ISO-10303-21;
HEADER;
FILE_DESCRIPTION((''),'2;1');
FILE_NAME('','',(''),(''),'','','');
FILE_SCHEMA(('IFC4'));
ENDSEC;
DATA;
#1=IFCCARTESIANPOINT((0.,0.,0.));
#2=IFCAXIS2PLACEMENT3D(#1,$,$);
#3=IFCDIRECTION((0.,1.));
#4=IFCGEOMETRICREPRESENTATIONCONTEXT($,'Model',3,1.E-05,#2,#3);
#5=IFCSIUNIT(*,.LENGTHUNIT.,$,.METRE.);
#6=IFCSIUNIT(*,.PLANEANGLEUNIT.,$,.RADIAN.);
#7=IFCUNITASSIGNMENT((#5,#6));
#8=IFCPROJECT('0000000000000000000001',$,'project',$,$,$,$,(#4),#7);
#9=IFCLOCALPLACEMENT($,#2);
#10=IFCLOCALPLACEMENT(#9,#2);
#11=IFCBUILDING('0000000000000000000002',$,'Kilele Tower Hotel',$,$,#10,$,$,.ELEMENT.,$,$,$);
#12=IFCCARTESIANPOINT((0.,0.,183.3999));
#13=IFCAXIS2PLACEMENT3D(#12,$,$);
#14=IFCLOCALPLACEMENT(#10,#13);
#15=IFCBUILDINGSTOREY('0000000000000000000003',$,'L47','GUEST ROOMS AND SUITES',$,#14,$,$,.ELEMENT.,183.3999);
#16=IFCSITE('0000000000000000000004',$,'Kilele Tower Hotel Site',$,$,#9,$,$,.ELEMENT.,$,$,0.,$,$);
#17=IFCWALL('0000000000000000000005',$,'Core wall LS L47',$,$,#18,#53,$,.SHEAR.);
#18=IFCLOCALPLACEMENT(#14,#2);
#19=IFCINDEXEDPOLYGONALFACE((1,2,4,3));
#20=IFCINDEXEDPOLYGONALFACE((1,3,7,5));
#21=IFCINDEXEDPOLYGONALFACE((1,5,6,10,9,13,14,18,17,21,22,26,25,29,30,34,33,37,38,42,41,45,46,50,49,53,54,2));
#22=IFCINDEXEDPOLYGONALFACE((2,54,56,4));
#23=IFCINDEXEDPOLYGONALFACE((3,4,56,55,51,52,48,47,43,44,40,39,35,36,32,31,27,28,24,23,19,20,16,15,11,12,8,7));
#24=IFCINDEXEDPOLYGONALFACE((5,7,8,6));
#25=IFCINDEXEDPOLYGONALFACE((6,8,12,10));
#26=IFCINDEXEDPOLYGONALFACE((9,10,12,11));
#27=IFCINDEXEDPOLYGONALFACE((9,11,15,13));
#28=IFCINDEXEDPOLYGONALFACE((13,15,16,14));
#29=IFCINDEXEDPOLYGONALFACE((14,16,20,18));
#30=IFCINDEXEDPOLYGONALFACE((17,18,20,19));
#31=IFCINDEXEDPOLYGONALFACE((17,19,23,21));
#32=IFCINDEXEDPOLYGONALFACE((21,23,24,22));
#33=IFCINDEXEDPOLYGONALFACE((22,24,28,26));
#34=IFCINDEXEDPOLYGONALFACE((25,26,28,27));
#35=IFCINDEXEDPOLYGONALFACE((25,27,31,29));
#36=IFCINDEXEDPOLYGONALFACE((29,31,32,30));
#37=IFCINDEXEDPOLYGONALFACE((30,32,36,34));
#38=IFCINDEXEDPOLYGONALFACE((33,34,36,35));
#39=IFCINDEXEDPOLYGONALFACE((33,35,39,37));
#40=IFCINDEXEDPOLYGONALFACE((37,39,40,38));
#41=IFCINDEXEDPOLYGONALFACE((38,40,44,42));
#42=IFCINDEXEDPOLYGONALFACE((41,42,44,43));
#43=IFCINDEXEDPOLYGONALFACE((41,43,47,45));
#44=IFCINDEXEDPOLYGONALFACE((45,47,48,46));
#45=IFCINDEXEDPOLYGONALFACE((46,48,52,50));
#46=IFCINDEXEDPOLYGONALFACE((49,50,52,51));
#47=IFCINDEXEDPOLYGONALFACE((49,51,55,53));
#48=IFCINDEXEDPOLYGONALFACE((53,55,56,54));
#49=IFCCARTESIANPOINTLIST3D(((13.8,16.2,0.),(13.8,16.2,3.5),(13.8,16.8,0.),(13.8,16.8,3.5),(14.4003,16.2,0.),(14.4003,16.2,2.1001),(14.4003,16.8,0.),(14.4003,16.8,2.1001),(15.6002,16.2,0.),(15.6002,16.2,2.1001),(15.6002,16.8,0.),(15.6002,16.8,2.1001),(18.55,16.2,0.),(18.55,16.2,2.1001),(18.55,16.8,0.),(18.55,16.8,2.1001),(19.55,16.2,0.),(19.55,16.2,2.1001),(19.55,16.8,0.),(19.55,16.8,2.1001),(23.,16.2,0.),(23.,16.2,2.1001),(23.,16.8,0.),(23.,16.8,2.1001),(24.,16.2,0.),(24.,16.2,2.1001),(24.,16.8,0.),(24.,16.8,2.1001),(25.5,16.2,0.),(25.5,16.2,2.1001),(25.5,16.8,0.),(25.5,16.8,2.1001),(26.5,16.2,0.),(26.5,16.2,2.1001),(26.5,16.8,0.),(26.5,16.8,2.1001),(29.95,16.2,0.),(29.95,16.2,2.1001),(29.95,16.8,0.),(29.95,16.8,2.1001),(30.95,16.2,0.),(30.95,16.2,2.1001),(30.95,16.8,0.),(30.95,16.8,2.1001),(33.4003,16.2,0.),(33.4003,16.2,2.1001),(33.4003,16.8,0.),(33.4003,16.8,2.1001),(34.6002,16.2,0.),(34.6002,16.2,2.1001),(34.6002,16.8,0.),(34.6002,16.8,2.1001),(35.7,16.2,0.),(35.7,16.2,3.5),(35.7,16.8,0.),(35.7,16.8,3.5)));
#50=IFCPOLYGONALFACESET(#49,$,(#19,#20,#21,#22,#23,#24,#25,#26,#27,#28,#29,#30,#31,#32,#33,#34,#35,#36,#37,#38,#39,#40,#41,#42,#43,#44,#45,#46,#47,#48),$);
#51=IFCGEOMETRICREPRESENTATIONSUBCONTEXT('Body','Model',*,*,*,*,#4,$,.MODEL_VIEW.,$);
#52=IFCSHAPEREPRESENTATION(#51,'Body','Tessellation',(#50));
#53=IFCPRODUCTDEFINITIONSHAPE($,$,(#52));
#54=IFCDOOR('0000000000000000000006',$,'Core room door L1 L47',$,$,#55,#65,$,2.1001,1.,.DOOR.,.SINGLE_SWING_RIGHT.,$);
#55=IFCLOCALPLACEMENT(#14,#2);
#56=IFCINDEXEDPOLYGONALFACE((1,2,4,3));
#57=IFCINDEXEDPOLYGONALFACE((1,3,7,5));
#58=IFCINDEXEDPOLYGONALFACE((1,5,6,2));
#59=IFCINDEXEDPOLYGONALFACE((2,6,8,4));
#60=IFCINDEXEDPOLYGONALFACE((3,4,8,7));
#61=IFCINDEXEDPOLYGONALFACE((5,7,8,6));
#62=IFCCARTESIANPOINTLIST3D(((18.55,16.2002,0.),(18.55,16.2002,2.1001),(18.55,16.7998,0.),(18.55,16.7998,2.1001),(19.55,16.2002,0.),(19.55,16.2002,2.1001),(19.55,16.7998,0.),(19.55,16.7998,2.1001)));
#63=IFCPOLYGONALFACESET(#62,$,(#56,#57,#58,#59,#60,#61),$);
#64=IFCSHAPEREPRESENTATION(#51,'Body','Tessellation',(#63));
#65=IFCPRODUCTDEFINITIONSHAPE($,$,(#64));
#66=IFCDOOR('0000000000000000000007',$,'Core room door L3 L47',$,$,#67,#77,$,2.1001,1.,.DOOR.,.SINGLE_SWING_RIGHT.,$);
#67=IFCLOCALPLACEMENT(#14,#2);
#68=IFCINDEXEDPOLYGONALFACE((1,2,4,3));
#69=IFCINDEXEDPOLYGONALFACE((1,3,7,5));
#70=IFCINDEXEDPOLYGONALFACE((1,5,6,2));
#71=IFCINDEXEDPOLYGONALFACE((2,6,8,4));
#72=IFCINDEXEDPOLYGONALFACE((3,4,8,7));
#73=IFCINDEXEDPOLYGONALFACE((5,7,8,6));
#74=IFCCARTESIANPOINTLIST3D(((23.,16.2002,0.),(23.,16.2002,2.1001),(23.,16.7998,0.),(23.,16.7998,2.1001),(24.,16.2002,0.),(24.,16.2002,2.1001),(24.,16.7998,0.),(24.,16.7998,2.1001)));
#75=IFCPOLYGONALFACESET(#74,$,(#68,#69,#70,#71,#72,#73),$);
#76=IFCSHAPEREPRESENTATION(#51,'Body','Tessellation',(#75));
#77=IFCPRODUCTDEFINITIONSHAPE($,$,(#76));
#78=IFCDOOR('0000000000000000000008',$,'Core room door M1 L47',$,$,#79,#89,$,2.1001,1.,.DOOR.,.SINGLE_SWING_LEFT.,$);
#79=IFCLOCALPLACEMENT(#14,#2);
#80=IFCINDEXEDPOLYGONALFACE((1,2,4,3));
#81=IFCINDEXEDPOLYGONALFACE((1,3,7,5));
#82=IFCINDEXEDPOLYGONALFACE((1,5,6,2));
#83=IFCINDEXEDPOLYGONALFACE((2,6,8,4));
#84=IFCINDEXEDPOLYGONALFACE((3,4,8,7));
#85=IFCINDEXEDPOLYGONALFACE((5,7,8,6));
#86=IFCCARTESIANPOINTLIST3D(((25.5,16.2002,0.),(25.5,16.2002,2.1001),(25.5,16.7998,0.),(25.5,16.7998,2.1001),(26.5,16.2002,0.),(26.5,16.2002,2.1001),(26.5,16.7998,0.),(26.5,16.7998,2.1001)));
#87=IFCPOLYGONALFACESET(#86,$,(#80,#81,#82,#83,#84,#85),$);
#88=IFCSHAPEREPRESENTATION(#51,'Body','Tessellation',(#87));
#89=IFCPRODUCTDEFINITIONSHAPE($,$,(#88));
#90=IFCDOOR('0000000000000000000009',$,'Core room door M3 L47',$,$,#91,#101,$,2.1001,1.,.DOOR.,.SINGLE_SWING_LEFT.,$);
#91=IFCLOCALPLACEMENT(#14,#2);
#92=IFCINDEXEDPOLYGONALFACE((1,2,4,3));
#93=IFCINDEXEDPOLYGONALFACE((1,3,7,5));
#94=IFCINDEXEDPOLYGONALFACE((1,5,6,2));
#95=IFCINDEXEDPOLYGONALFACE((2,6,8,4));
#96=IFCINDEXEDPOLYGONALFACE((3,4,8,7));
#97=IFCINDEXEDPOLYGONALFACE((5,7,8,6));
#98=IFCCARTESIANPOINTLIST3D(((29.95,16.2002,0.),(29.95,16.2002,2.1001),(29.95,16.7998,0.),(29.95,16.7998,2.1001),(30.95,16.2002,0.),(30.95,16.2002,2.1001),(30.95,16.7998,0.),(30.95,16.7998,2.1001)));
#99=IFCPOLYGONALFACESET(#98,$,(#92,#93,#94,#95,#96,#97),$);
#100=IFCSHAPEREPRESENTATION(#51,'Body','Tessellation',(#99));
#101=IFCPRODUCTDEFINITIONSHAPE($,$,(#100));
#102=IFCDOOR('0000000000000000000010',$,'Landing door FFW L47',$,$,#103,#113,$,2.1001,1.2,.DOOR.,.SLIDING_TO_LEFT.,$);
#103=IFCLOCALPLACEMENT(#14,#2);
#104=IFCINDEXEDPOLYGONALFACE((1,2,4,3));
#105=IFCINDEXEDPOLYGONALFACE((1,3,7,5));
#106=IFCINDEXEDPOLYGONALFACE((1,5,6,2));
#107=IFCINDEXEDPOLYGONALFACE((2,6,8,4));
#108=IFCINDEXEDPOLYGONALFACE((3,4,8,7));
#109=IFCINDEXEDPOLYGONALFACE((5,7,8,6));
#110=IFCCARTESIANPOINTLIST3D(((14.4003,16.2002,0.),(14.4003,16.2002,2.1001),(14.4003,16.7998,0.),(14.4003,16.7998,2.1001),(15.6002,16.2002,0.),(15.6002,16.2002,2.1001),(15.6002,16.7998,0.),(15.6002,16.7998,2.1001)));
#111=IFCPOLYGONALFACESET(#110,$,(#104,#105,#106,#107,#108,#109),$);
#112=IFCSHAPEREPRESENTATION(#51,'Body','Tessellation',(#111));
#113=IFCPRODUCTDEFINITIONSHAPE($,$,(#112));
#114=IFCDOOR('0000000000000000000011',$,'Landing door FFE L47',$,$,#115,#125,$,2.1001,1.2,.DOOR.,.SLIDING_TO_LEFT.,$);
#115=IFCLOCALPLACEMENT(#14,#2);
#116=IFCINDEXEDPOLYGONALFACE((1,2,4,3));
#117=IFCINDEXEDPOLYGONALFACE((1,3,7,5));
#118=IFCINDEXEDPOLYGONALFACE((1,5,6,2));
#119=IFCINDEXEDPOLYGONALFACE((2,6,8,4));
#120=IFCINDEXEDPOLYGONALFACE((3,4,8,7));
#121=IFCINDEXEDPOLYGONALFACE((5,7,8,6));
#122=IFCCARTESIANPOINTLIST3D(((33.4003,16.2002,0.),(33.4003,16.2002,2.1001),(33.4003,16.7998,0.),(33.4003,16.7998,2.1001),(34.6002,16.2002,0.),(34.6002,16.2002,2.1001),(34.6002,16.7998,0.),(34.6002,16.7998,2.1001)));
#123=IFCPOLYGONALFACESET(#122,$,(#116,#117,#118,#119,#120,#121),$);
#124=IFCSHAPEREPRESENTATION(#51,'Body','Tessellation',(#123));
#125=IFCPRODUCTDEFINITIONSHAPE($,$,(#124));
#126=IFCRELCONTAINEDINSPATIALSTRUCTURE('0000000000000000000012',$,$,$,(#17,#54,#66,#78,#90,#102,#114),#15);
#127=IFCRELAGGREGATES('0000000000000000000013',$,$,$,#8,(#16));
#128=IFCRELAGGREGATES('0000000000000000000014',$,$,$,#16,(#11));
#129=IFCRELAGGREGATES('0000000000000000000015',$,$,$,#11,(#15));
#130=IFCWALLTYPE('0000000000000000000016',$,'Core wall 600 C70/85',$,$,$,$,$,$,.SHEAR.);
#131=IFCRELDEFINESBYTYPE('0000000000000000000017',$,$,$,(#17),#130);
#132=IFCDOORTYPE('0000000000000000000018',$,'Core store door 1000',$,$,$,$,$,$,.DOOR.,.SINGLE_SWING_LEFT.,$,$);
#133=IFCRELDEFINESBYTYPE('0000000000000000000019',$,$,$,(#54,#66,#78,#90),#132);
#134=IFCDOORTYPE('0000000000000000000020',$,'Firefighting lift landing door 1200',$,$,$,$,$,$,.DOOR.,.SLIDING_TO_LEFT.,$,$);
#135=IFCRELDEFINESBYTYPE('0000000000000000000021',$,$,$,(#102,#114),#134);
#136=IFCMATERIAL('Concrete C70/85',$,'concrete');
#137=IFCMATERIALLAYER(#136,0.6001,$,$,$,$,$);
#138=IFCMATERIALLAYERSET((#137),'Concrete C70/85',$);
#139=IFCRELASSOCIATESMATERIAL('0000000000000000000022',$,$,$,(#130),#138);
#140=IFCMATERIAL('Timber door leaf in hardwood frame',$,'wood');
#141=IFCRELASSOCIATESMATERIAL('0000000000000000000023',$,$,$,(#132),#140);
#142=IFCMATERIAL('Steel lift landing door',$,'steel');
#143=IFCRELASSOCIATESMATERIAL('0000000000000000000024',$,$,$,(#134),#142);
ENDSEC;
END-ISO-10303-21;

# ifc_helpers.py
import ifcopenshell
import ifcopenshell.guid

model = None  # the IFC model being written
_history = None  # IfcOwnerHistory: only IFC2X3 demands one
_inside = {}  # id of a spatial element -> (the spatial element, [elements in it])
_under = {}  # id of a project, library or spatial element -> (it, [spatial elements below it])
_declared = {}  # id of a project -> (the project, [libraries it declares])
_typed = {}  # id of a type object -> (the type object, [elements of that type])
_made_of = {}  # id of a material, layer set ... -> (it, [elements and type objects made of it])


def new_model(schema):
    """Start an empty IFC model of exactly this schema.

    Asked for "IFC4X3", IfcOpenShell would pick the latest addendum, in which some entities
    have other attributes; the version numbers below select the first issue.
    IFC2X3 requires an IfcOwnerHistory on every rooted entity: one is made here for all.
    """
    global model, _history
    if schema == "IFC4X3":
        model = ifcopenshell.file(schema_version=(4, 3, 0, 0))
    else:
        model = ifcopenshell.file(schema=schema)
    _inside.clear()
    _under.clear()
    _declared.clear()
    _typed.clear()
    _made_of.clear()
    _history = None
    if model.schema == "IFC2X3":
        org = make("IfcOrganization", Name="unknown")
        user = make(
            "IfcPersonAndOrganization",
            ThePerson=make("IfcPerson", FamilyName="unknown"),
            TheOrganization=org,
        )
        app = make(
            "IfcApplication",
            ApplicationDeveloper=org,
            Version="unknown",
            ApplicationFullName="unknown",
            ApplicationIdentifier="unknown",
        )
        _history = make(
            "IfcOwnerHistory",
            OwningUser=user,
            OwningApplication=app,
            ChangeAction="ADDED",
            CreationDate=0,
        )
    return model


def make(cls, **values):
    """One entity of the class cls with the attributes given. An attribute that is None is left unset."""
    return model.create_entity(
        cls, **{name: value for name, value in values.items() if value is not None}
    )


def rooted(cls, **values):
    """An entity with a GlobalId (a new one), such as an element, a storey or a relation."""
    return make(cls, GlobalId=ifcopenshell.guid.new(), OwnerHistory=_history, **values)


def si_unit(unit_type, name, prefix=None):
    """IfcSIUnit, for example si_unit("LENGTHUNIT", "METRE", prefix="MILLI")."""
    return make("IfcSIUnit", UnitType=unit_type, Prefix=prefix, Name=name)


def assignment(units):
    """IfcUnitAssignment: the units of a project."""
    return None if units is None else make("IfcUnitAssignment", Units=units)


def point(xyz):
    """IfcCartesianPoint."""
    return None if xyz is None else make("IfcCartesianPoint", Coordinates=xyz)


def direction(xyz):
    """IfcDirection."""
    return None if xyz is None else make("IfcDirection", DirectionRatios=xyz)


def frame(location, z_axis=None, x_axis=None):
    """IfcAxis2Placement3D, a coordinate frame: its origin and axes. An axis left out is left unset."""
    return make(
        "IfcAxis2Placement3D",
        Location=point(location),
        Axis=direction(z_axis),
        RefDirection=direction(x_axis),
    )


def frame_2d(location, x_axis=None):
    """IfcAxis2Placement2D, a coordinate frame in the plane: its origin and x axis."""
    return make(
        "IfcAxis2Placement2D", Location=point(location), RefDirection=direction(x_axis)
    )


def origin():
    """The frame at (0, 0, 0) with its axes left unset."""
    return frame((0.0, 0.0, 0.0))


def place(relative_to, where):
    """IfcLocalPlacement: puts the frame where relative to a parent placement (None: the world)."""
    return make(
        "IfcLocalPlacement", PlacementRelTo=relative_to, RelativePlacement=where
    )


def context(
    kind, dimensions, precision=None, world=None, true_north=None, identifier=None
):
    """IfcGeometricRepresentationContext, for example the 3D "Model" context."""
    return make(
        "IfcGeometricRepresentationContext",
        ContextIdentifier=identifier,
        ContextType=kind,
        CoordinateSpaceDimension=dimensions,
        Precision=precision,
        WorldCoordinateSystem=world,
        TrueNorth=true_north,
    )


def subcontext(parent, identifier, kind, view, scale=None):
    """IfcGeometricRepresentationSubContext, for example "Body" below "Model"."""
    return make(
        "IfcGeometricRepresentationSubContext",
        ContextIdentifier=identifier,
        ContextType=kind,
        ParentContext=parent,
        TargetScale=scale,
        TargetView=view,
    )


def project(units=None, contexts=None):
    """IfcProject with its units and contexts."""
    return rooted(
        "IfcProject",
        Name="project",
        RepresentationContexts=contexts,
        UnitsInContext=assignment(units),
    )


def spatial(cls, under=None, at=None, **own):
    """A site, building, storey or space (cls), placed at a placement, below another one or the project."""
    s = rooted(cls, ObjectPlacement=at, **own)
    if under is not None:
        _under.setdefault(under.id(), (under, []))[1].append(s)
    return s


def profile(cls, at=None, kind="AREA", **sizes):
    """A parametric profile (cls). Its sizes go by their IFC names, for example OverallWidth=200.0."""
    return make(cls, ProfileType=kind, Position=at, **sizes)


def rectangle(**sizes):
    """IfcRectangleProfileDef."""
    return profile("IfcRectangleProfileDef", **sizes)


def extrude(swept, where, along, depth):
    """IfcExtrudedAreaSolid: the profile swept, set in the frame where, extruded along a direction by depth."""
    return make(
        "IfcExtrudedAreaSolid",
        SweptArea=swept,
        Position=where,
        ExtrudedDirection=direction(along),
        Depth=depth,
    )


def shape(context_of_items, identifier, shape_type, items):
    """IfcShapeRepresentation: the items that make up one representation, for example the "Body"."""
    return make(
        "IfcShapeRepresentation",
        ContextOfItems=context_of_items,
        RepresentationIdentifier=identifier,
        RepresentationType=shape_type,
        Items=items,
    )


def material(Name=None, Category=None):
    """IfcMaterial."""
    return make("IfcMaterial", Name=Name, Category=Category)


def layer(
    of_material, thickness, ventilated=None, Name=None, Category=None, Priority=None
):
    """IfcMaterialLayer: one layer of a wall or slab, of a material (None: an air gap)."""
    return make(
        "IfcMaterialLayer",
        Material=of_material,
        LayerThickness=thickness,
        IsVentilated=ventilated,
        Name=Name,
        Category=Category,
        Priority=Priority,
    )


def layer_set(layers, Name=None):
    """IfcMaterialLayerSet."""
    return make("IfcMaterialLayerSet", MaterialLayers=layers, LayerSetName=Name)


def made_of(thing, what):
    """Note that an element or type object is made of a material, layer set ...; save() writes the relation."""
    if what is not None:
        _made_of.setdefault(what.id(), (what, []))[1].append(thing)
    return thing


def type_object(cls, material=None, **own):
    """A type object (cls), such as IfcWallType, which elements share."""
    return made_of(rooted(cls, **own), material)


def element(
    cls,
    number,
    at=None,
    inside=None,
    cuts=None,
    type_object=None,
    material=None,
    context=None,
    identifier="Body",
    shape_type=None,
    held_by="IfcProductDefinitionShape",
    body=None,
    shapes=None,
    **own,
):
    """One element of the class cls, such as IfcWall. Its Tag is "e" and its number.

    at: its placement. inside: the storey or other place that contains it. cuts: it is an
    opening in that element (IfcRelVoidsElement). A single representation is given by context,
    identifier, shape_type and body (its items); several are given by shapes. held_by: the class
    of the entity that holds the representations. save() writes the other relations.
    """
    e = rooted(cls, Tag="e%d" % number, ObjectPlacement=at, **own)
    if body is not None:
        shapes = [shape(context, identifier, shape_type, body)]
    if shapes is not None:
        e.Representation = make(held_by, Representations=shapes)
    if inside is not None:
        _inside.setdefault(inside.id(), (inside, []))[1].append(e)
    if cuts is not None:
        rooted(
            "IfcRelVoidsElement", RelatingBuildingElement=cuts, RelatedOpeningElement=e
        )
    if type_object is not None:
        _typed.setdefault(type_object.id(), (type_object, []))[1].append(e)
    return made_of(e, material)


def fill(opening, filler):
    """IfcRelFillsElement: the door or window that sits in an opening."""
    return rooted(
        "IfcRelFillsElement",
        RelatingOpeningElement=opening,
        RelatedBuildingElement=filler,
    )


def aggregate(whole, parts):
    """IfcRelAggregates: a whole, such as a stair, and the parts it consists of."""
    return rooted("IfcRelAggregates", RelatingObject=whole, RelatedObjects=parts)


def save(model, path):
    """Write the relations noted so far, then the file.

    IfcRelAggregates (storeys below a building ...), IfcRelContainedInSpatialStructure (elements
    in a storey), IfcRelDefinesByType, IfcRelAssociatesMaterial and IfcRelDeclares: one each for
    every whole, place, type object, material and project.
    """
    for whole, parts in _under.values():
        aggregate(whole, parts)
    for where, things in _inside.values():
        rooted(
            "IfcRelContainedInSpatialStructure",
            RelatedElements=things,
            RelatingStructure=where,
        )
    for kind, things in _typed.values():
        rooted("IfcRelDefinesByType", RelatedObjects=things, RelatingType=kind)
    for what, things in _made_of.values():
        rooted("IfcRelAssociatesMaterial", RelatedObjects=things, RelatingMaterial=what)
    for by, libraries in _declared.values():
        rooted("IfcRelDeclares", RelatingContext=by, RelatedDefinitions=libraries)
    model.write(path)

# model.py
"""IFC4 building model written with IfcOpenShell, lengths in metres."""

from ifc_helpers import new_model, si_unit, direction, frame, frame_2d, origin, place, context, subcontext, project, spatial, rectangle, extrude, material, layer, layer_set, type_object, element, fill, save


model = new_model("IFC4")

# Units and contexts
model_context = context("Model", 3, precision=1e-05, world=origin(), true_north=direction((0.0, 1.0)))
body_context = subcontext(model_context, "Body", "Model", "MODEL_VIEW")
ifc_project = project(units=[si_unit("LENGTHUNIT", "METRE"), si_unit("PLANEANGLEUNIT", "RADIAN")], contexts=[model_context])

# Site, building, storey
site_placement = place(None, origin())
site = spatial("IfcSite", under=ifc_project, at=site_placement, Name="Kilele Tower Hotel Site", CompositionType="ELEMENT", RefElevation=0.0)
building_placement = place(site_placement, origin())
building = spatial("IfcBuilding", under=site, at=building_placement, Name="Kilele Tower Hotel", CompositionType="ELEMENT")
storey_placement = place(building_placement, frame((0.0, 0.0, 183.3999)))
storey = spatial("IfcBuildingStorey", under=building, at=storey_placement, Name="L47", Description="GUEST ROOMS AND SUITES", CompositionType="ELEMENT", Elevation=183.3999)

# Wall, openings, doors
ifc_material_1 = material(Name="Concrete C70/85", Category="concrete")
ifc_layer = layer(ifc_material_1, 0.6001)
ifc_layer_set = layer_set([ifc_layer], Name="Concrete C70/85")
wall_type = type_object("IfcWallType", Name="Core wall 600 C70/85", PredefinedType="SHEAR", material=ifc_layer_set)
wall_1_placement = place(storey_placement, frame((13.8, 16.5, 0.0), z_axis=(0.0, 0.0, 1.0), x_axis=(1.0, 0.0, 0.0)))
wall_1 = element("IfcWall", 1, at=wall_1_placement, inside=storey, type_object=wall_type, Name="Core wall LS L47", PredefinedType="SHEAR", context=body_context, shape_type="SweptSolid", body=[
    extrude(rectangle(XDim=21.8999, YDim=0.6001, at=frame_2d((10.95, 0.0))), origin(), (0.0, 0.0, 1.0), 3.5),
])
opening_1_placement = place(wall_1_placement, frame((5.75, 0.0, 0.0), z_axis=(0.0, 0.0, 1.0), x_axis=(-1.0, 0.0, 0.0)))
opening_1 = element("IfcOpeningElement", 2, at=opening_1_placement, cuts=wall_1, PredefinedType="OPENING", context=body_context, shape_type="SweptSolid", body=[
    extrude(rectangle(XDim=1.0, YDim=2.1001, at=frame_2d((0.5, 1.05))), frame((0.0, 0.3101, 0.0), z_axis=(0.0, -1.0, 0.0), x_axis=(1.0, 0.0, 0.0)), (0.0, 0.0, 1.0), 0.6201),
])
opening_2_placement = place(wall_1_placement, frame((10.2, 0.0, 0.0), z_axis=(0.0, 0.0, 1.0), x_axis=(-1.0, 0.0, 0.0)))
opening_2 = element("IfcOpeningElement", 3, at=opening_2_placement, cuts=wall_1, PredefinedType="OPENING", context=body_context, shape_type="SweptSolid", body=[
    extrude(rectangle(XDim=1.0, YDim=2.1001, at=frame_2d((0.5, 1.05))), frame((0.0, 0.3101, 0.0), z_axis=(0.0, -1.0, 0.0), x_axis=(1.0, 0.0, 0.0)), (0.0, 0.0, 1.0), 0.6201),
])
opening_3_placement = place(wall_1_placement, frame((12.7, 0.0, 0.0), z_axis=(0.0, 0.0, 1.0), x_axis=(-1.0, 0.0, 0.0)))
opening_3 = element("IfcOpeningElement", 4, at=opening_3_placement, cuts=wall_1, PredefinedType="OPENING", context=body_context, shape_type="SweptSolid", body=[
    extrude(rectangle(XDim=1.0, YDim=2.1001, at=frame_2d((0.5, 1.05))), frame((0.0, 0.3101, 0.0), z_axis=(0.0, -1.0, 0.0), x_axis=(1.0, 0.0, 0.0)), (0.0, 0.0, 1.0), 0.6201),
])
opening_4_placement = place(wall_1_placement, frame((17.1499, 0.0, 0.0), z_axis=(0.0, 0.0, 1.0), x_axis=(-1.0, 0.0, 0.0)))
opening_4 = element("IfcOpeningElement", 5, at=opening_4_placement, cuts=wall_1, PredefinedType="OPENING", context=body_context, shape_type="SweptSolid", body=[
    extrude(rectangle(XDim=1.0, YDim=2.1001, at=frame_2d((0.5, 1.05))), frame((0.0, 0.3101, 0.0), z_axis=(0.0, -1.0, 0.0), x_axis=(1.0, 0.0, 0.0)), (0.0, 0.0, 1.0), 0.6201),
])
opening_5_placement = place(wall_1_placement, frame((0.6001, 0.0, 0.0)))
opening_5 = element("IfcOpeningElement", 6, at=opening_5_placement, cuts=wall_1, PredefinedType="OPENING", context=body_context, shape_type="SweptSolid", body=[
    extrude(rectangle(XDim=1.2, YDim=2.1001, at=frame_2d((0.6001, 1.05))), frame((0.0, 0.3101, 0.0), z_axis=(0.0, -1.0, 0.0), x_axis=(1.0, 0.0, 0.0)), (0.0, 0.0, 1.0), 0.6201),
])
opening_6_placement = place(wall_1_placement, frame((19.6001, 0.0, 0.0)))
opening_6 = element("IfcOpeningElement", 7, at=opening_6_placement, cuts=wall_1, PredefinedType="OPENING", context=body_context, shape_type="SweptSolid", body=[
    extrude(rectangle(XDim=1.2, YDim=2.1001, at=frame_2d((0.6001, 1.05))), frame((0.0, 0.3101, 0.0), z_axis=(0.0, -1.0, 0.0), x_axis=(1.0, 0.0, 0.0)), (0.0, 0.0, 1.0), 0.6201),
])
ifc_material_2 = material(Name="Timber door leaf in hardwood frame", Category="wood")
door_type_1 = type_object("IfcDoorType", Name="Core store door 1000", OperationType="SINGLE_SWING_LEFT", PredefinedType="DOOR", material=ifc_material_2)
door_1_placement = place(opening_1_placement, origin())
door_1 = element("IfcDoor", 8, at=door_1_placement, inside=storey, type_object=door_type_1, Name="Core room door L1 L47", OperationType="SINGLE_SWING_RIGHT", OverallHeight=2.1001, OverallWidth=1.0, PredefinedType="DOOR", context=body_context, shape_type="SweptSolid", body=[
    extrude(rectangle(XDim=1.0, YDim=2.1001, at=frame_2d((0.5, 1.05))), frame((0.0, 0.2998, 0.0), z_axis=(0.0, -1.0, 0.0), x_axis=(1.0, 0.0, 0.0)), (0.0, 0.0, 1.0), 0.5996),
])
fill(opening_1, door_1)
door_2_placement = place(opening_2_placement, origin())
door_2 = element("IfcDoor", 9, at=door_2_placement, inside=storey, type_object=door_type_1, Name="Core room door L3 L47", OperationType="SINGLE_SWING_RIGHT", OverallHeight=2.1001, OverallWidth=1.0, PredefinedType="DOOR", context=body_context, shape_type="SweptSolid", body=[
    extrude(rectangle(XDim=1.0, YDim=2.1001, at=frame_2d((0.5, 1.05))), frame((0.0, 0.2998, 0.0), z_axis=(0.0, -1.0, 0.0), x_axis=(1.0, 0.0, 0.0)), (0.0, 0.0, 1.0), 0.5996),
])
fill(opening_2, door_2)
door_3_placement = place(opening_3_placement, origin())
door_3 = element("IfcDoor", 10, at=door_3_placement, inside=storey, type_object=door_type_1, Name="Core room door M1 L47", OperationType="SINGLE_SWING_LEFT", OverallHeight=2.1001, OverallWidth=1.0, PredefinedType="DOOR", context=body_context, shape_type="SweptSolid", body=[
    extrude(rectangle(XDim=1.0, YDim=2.1001, at=frame_2d((0.5, 1.05))), frame((0.0, 0.2998, 0.0), z_axis=(0.0, -1.0, 0.0), x_axis=(1.0, 0.0, 0.0)), (0.0, 0.0, 1.0), 0.5996),
])
fill(opening_3, door_3)
door_4_placement = place(opening_4_placement, origin())
door_4 = element("IfcDoor", 11, at=door_4_placement, inside=storey, type_object=door_type_1, Name="Core room door M3 L47", OperationType="SINGLE_SWING_LEFT", OverallHeight=2.1001, OverallWidth=1.0, PredefinedType="DOOR", context=body_context, shape_type="SweptSolid", body=[
    extrude(rectangle(XDim=1.0, YDim=2.1001, at=frame_2d((0.5, 1.05))), frame((0.0, 0.2998, 0.0), z_axis=(0.0, -1.0, 0.0), x_axis=(1.0, 0.0, 0.0)), (0.0, 0.0, 1.0), 0.5996),
])
fill(opening_4, door_4)
ifc_material_3 = material(Name="Steel lift landing door", Category="steel")
door_type_2 = type_object("IfcDoorType", Name="Firefighting lift landing door 1200", OperationType="SLIDING_TO_LEFT", PredefinedType="DOOR", material=ifc_material_3)
door_5_placement = place(opening_5_placement, origin())
door_5 = element("IfcDoor", 12, at=door_5_placement, inside=storey, type_object=door_type_2, Name="Landing door FFW L47", OperationType="SLIDING_TO_LEFT", OverallHeight=2.1001, OverallWidth=1.2, PredefinedType="DOOR", context=body_context, shape_type="SweptSolid", body=[
    extrude(rectangle(XDim=1.2, YDim=2.1001, at=frame_2d((0.6001, 1.05))), frame((0.0, 0.2998, 0.0), z_axis=(0.0, -1.0, 0.0), x_axis=(1.0, 0.0, 0.0)), (0.0, 0.0, 1.0), 0.5996),
])
fill(opening_5, door_5)
door_6_placement = place(opening_6_placement, origin())
door_6 = element("IfcDoor", 13, at=door_6_placement, inside=storey, type_object=door_type_2, Name="Landing door FFE L47", OperationType="SLIDING_TO_LEFT", OverallHeight=2.1001, OverallWidth=1.2, PredefinedType="DOOR", context=body_context, shape_type="SweptSolid", body=[
    extrude(rectangle(XDim=1.2, YDim=2.1001, at=frame_2d((0.6001, 1.05))), frame((0.0, 0.2998, 0.0), z_axis=(0.0, -1.0, 0.0), x_axis=(1.0, 0.0, 0.0)), (0.0, 0.0, 1.0), 0.5996),
])
fill(opening_6, door_6)

save(model, "model.ifc")
